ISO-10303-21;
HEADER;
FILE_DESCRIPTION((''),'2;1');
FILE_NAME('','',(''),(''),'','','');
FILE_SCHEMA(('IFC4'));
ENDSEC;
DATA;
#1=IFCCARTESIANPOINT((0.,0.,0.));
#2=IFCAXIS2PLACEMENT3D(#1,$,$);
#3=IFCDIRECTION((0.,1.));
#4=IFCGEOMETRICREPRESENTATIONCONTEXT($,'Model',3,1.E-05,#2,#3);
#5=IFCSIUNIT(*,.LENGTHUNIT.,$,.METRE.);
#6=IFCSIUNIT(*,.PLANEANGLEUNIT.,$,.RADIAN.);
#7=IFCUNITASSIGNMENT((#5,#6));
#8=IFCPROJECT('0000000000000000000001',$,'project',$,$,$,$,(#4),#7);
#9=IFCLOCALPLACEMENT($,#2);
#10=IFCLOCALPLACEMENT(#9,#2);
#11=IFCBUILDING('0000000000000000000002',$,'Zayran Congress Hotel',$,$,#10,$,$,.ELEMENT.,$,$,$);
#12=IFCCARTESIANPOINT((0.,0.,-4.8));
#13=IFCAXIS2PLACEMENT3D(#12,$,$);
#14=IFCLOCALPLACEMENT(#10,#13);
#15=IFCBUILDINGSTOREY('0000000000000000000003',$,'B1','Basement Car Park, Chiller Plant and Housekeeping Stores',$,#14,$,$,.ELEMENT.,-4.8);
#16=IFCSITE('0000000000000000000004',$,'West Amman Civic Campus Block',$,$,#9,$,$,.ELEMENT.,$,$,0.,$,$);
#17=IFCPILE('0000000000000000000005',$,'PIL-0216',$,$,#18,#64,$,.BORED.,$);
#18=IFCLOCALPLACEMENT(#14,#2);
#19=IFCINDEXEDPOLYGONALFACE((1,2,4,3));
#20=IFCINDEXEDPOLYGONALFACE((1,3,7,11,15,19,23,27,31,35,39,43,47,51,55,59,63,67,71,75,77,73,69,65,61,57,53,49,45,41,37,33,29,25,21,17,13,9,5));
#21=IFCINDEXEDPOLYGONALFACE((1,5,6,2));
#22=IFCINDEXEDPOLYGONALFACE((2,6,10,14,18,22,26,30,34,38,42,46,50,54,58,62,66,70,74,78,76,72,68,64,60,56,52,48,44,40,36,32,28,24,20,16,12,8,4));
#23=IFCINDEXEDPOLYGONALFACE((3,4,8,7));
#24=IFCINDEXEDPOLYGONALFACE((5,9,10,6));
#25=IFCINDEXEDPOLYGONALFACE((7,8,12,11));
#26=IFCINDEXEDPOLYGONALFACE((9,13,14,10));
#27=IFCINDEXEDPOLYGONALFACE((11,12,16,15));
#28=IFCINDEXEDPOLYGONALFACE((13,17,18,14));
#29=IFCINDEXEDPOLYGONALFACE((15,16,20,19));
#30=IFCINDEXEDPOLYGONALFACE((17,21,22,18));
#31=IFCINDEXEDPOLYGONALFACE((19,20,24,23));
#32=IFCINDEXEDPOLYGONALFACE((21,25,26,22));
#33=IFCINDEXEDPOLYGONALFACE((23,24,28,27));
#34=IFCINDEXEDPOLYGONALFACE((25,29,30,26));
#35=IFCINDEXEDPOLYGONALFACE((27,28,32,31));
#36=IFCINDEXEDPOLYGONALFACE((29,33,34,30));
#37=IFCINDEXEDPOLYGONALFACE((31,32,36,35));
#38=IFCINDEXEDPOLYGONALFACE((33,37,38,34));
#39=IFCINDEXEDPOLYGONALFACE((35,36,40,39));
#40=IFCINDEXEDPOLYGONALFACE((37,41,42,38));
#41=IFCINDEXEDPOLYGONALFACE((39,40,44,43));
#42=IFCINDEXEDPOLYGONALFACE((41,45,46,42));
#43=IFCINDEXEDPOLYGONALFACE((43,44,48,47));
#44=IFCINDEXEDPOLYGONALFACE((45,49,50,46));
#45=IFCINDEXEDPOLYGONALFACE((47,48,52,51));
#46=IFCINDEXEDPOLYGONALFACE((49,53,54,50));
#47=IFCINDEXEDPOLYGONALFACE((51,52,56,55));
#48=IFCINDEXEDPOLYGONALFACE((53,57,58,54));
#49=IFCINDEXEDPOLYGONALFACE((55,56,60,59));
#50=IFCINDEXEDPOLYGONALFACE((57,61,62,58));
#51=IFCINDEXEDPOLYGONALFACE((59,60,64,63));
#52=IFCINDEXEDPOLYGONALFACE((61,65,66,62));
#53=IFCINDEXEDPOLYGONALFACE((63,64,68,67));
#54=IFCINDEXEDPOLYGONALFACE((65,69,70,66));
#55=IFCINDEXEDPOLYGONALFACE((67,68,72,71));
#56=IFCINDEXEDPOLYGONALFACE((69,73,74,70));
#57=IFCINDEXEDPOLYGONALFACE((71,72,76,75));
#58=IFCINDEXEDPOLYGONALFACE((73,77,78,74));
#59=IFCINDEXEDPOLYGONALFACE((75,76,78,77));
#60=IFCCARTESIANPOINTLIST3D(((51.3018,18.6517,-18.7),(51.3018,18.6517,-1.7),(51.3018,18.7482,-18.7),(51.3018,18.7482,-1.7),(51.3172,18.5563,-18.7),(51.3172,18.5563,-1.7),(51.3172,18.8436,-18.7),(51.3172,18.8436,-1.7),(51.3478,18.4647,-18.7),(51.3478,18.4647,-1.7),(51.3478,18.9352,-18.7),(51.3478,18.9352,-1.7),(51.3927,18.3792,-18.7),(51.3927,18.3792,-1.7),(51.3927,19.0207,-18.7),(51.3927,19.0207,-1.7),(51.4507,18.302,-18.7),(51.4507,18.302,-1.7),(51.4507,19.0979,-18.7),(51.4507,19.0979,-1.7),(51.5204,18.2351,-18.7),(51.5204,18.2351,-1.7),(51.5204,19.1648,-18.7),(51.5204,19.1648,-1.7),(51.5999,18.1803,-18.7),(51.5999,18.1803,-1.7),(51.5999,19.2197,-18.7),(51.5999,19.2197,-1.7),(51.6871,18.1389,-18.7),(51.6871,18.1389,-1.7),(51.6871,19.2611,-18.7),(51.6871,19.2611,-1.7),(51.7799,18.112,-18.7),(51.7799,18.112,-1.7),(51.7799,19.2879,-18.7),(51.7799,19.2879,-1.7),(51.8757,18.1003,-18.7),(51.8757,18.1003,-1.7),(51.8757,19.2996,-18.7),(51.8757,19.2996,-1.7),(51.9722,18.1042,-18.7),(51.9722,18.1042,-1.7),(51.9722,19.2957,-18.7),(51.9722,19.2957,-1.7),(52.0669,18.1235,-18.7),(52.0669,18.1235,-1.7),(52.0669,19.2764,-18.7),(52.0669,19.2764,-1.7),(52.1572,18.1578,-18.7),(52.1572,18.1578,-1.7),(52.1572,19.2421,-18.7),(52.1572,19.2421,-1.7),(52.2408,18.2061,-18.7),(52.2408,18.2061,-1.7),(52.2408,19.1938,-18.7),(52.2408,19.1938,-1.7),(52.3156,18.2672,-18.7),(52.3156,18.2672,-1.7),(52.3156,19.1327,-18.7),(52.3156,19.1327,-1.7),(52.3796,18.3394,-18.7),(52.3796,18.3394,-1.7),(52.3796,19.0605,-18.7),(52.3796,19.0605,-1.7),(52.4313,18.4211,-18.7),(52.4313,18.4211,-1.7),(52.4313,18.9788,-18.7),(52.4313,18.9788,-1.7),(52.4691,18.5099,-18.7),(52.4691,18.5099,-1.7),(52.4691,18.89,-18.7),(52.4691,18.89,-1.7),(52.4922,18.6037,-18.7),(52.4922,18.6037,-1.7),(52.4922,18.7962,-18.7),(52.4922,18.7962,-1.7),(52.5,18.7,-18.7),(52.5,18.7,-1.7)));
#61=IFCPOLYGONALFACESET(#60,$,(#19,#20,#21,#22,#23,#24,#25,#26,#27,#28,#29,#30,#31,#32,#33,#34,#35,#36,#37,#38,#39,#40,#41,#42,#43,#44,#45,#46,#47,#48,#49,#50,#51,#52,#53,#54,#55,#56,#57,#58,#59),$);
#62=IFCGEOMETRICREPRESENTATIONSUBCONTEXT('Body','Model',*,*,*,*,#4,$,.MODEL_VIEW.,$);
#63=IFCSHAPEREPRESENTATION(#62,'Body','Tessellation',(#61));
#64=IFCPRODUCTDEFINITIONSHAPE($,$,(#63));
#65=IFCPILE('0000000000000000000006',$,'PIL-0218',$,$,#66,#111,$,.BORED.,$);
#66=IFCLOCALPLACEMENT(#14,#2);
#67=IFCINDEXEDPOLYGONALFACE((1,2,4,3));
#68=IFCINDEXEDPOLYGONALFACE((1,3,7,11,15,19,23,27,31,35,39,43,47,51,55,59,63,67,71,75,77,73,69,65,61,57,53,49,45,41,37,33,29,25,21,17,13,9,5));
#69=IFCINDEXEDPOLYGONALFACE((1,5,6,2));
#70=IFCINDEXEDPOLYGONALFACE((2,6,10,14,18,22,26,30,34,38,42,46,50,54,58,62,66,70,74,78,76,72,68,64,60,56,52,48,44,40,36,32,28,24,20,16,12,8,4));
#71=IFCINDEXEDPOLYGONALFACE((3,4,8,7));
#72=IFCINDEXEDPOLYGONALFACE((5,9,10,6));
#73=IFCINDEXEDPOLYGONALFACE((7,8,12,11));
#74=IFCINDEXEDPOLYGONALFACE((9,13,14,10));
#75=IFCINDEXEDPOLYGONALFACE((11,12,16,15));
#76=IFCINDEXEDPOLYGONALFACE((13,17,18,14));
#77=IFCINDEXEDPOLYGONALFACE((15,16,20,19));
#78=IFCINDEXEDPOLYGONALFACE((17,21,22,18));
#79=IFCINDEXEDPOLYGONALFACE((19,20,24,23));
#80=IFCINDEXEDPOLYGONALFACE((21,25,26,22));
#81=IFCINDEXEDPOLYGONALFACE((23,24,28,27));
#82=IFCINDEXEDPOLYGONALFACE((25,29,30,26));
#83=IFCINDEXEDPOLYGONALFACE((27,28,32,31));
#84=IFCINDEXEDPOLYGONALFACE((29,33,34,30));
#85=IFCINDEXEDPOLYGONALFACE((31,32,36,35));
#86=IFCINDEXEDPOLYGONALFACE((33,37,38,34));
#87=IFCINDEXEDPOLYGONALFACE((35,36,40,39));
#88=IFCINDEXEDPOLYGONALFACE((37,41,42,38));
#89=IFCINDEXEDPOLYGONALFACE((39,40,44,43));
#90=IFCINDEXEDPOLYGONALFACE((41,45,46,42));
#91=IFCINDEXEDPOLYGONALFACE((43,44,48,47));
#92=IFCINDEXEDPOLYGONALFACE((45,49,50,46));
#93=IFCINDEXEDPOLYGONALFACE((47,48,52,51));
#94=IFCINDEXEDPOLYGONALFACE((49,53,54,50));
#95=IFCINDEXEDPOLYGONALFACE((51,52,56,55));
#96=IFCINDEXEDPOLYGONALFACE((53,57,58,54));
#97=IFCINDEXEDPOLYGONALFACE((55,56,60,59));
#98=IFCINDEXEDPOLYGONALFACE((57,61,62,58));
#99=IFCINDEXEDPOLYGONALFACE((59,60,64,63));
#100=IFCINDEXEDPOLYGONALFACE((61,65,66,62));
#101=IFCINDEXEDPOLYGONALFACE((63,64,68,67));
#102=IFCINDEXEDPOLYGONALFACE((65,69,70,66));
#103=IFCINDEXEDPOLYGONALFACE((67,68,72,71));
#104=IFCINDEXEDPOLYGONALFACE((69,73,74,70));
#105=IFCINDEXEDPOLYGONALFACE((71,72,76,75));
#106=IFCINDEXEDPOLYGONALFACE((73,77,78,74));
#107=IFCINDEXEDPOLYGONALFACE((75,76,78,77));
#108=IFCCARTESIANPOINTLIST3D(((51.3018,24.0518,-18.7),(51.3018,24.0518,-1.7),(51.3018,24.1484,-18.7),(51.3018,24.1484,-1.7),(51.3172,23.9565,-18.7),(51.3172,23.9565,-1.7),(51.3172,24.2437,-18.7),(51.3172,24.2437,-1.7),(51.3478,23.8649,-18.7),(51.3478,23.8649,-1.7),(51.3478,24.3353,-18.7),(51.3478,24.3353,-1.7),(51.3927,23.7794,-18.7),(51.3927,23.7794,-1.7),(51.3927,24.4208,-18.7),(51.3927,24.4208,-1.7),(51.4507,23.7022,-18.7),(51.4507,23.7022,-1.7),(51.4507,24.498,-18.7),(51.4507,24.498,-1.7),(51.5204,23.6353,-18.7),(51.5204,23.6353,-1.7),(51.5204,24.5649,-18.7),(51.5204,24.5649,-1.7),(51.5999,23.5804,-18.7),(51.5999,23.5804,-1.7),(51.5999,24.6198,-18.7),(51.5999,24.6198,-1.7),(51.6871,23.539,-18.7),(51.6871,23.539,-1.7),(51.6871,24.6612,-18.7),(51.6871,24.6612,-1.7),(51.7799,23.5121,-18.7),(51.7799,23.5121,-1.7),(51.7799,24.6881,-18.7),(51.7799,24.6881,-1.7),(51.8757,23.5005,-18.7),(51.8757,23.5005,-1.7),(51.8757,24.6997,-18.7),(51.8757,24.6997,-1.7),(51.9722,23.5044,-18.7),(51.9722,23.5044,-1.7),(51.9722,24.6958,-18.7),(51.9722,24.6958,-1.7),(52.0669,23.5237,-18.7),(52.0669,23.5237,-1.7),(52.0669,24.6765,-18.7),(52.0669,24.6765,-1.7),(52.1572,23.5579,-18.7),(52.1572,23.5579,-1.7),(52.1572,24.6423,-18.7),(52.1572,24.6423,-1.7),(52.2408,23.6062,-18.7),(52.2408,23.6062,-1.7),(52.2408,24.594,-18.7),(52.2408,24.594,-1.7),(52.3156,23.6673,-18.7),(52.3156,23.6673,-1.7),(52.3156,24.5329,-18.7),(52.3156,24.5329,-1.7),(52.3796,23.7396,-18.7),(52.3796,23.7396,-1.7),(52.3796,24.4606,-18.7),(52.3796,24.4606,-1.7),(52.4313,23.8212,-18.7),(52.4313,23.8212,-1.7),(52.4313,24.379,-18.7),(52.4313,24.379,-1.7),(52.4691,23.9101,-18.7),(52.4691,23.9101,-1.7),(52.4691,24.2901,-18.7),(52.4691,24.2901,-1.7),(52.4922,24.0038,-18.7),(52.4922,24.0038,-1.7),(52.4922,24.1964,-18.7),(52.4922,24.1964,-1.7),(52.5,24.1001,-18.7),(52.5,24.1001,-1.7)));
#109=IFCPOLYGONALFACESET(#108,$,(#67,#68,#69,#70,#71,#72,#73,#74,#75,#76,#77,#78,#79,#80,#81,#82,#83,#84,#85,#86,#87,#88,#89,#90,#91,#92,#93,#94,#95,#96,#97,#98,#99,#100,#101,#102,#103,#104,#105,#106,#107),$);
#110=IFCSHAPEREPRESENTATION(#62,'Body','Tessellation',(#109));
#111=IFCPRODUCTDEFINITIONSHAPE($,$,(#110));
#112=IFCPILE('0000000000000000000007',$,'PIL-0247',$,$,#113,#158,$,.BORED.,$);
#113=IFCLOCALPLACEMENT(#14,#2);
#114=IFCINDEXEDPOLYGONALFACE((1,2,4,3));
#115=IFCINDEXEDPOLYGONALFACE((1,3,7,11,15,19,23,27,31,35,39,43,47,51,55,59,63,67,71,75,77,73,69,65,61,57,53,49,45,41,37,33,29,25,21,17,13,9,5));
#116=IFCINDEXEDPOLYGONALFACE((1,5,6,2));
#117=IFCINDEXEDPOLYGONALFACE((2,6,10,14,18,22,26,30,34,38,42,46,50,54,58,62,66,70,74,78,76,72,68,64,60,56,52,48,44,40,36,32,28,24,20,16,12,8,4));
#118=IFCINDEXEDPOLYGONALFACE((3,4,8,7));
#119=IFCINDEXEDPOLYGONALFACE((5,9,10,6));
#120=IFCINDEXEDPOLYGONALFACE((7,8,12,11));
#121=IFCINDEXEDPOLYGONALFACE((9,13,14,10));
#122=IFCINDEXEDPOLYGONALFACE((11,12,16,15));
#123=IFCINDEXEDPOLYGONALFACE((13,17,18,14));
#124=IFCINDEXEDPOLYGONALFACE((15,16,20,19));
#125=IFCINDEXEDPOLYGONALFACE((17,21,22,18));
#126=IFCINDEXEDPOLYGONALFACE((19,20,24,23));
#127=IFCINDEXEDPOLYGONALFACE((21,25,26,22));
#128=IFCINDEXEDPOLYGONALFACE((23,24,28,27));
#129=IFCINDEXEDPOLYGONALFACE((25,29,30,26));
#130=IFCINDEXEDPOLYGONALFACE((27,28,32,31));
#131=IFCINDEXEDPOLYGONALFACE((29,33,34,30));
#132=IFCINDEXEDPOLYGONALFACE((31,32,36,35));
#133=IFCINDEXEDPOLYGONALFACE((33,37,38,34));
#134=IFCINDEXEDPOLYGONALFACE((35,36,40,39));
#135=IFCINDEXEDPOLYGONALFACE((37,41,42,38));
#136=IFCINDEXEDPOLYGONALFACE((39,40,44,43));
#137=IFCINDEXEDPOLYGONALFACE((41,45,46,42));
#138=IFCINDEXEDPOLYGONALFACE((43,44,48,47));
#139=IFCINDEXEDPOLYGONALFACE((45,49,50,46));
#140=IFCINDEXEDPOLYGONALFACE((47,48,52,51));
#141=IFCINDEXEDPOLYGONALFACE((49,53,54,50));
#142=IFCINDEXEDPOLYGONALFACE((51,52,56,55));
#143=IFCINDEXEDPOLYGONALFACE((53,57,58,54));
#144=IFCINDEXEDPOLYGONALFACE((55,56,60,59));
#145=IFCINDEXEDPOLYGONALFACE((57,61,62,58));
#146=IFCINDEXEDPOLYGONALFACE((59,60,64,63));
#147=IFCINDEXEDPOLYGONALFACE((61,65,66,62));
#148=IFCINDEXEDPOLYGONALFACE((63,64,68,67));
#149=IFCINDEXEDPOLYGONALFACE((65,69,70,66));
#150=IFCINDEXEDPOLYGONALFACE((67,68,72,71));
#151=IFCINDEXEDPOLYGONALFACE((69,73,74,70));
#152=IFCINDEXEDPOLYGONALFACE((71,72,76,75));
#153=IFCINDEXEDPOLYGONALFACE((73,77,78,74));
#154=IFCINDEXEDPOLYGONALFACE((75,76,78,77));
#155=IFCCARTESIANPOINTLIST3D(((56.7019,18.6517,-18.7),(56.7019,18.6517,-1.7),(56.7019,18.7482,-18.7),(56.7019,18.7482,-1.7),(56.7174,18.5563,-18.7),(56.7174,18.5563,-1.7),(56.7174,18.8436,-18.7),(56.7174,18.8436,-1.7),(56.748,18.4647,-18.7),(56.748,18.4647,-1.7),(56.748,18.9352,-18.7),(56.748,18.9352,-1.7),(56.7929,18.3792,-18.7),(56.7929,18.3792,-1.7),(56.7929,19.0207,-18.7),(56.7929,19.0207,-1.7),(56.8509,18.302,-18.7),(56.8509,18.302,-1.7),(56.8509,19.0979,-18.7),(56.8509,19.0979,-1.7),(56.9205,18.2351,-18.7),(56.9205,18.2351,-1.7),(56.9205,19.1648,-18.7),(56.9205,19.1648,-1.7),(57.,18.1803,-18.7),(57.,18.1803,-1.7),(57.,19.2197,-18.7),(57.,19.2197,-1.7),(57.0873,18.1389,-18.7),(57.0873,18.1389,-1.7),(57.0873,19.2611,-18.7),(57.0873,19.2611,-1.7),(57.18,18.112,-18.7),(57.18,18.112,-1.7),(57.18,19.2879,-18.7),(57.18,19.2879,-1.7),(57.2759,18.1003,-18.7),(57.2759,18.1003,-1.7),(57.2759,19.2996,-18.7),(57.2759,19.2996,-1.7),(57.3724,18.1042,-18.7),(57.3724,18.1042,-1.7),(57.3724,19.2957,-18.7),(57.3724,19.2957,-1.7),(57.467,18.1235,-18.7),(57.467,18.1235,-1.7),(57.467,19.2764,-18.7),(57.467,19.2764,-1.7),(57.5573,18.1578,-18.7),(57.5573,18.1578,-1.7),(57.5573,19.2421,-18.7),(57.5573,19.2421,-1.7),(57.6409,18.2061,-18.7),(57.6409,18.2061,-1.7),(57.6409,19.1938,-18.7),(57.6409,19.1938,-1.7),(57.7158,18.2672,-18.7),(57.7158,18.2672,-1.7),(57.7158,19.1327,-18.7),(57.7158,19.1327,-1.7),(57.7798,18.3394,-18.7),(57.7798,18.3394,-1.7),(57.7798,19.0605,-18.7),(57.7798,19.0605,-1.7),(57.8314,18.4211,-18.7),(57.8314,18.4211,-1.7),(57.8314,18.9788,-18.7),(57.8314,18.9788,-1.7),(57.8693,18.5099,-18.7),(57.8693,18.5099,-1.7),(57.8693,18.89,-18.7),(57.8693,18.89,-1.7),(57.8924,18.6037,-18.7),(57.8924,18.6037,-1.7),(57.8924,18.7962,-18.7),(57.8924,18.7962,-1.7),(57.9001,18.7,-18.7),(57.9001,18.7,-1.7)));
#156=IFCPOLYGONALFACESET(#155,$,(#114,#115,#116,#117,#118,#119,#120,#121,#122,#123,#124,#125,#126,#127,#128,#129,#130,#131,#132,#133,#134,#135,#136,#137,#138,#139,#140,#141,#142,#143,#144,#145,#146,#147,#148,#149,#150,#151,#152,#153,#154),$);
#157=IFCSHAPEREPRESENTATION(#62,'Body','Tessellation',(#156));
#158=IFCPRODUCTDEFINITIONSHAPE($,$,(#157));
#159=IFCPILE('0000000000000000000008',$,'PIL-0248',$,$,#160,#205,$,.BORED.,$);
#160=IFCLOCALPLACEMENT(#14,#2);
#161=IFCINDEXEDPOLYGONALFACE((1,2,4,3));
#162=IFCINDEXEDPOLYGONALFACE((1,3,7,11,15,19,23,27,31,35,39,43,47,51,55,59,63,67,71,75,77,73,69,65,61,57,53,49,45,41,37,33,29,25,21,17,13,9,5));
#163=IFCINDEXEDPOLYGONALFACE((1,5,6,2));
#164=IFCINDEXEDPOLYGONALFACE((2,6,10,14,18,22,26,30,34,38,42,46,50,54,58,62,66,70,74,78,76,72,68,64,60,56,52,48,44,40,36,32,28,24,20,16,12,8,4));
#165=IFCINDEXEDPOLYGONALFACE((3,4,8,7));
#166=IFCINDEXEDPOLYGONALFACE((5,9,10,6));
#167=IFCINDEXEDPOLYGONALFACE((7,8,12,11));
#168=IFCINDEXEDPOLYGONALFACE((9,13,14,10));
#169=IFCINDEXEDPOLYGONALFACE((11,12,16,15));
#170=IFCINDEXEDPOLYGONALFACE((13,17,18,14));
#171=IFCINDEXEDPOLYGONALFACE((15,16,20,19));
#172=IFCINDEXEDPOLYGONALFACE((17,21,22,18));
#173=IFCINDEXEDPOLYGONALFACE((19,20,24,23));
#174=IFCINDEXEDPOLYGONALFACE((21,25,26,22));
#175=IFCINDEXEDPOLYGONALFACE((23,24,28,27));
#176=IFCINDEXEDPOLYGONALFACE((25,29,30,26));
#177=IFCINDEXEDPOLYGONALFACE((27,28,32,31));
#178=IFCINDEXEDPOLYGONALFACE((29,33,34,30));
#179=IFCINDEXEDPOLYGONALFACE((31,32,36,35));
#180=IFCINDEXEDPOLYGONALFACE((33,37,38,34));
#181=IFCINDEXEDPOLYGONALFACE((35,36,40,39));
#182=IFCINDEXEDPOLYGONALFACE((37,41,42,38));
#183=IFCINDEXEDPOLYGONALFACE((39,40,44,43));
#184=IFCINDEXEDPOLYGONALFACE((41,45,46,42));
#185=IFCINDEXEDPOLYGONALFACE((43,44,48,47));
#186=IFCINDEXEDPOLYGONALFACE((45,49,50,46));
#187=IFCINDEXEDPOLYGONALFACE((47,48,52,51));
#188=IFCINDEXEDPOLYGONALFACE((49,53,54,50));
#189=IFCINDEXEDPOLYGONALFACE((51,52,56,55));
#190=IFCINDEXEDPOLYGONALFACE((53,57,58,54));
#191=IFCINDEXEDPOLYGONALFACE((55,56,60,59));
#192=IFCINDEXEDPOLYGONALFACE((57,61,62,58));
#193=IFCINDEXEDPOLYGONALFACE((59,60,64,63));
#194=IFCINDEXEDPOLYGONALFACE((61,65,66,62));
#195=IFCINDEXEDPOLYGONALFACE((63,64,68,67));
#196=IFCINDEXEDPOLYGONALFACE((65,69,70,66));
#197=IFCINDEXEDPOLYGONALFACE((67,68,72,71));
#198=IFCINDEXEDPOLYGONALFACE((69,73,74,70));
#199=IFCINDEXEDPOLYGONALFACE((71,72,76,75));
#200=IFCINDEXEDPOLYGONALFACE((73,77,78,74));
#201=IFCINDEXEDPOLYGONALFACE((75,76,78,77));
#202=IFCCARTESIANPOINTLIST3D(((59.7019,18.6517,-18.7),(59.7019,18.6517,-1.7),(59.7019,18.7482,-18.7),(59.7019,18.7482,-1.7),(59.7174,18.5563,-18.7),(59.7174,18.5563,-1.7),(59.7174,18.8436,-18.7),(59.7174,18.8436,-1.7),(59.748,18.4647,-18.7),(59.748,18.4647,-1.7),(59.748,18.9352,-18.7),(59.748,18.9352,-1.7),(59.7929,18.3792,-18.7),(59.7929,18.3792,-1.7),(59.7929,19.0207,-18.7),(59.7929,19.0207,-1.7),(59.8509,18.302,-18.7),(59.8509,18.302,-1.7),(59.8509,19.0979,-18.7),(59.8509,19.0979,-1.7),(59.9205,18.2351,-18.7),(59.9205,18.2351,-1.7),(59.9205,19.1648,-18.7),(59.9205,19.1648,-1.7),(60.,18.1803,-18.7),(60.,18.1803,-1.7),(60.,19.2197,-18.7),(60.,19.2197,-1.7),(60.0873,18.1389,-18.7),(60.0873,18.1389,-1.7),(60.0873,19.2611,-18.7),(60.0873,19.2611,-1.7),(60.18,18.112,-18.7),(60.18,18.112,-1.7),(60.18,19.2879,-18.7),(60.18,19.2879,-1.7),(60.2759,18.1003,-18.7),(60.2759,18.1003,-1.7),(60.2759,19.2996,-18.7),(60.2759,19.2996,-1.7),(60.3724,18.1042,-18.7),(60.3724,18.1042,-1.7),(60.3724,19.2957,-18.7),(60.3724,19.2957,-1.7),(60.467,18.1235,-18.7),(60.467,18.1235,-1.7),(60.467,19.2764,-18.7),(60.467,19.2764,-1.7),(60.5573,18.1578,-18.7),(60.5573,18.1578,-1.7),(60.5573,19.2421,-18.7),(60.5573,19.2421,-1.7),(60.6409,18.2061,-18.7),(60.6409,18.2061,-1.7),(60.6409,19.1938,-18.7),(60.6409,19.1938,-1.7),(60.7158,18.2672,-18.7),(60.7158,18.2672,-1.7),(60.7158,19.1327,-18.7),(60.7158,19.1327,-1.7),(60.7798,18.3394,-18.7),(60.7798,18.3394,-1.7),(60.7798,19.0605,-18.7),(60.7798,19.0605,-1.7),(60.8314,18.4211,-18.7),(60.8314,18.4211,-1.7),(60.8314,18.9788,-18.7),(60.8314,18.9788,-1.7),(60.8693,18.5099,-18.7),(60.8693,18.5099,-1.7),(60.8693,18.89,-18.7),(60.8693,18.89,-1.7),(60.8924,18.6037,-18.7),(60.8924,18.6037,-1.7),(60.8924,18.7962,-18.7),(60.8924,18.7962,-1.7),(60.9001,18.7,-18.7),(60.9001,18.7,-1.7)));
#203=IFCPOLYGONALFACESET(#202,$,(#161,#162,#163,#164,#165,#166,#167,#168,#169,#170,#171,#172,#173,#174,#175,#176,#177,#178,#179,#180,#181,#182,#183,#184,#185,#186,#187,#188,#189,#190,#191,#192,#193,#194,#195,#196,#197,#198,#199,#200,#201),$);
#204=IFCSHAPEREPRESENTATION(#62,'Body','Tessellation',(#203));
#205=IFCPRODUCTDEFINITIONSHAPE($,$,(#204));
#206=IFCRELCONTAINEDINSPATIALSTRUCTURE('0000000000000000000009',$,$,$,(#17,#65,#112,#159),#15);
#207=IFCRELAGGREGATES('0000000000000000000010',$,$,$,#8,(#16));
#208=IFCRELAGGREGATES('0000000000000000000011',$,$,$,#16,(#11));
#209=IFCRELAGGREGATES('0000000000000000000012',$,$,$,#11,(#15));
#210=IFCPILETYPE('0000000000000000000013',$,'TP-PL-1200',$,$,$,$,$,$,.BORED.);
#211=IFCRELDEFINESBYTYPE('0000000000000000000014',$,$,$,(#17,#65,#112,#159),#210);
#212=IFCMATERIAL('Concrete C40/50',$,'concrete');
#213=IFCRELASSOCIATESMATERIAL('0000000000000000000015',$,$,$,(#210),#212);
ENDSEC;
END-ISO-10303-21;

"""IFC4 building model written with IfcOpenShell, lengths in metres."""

from ifc_helpers import new_model, si_unit, direction, frame, origin, origin_2d, place, context, subcontext, project, spatial, circle, extrude, material, material_profile, profile_set, type_object, element, save


model = new_model("IFC4")

# Units and contexts
model_context = context("Model", 3, precision=1e-05, world=origin(), true_north=direction((0.0, 1.0)))
body_context = subcontext(model_context, "Body", "Model", "MODEL_VIEW")
ifc_project = project(units=[si_unit("LENGTHUNIT", "METRE"), si_unit("PLANEANGLEUNIT", "RADIAN")], contexts=[model_context])

# Site, building, storey
site_placement = place(None, origin())
site = spatial("IfcSite", under=ifc_project, at=site_placement, Name="West Amman Civic Campus Block", CompositionType="ELEMENT", RefElevation=0.0)
building_placement = place(site_placement, origin())
building = spatial("IfcBuilding", under=site, at=building_placement, Name="Zayran Congress Hotel", CompositionType="ELEMENT")
storey_placement = place(building_placement, frame((0.0, 0.0, -4.8)))
storey = spatial("IfcBuildingStorey", under=building, at=storey_placement, Name="B1", Description="Basement Car Park, Chiller Plant and Housekeeping Stores", CompositionType="ELEMENT", Elevation=-4.8)

# Piles
ifc_material_1 = material(Name="Concrete C40/50", Category="concrete")
ifc_material_profile_1 = material_profile(ifc_material_1, circle(Radius=0.6001, at=origin_2d()), Name="PILE D1200")
ifc_profile_set_1 = profile_set([ifc_material_profile_1], Name="Concrete C40/50")
pile_type = type_object("IfcPileType", Name="TP-PL-1200", PredefinedType="BORED", material=ifc_profile_set_1)
for number, where, z_axis, x_axis, name in (
    (1, (51.8999, 18.7, -1.7), (0.0, 0.0, -1.0), (1.0, 0.0, 0.0), "PIL-0216"),
    (2, (51.8999, 24.1001, -1.7), (0.0, 0.0, -1.0), (1.0, 0.0, 0.0), "PIL-0218"),
    (3, (57.3, 18.7, -1.7), (0.0, 0.0, -1.0), (1.0, 0.0, 0.0), "PIL-0247"),
    (4, (60.3, 18.7, -1.7), (0.0, 0.0, -1.0), (1.0, 0.0, 0.0), "PIL-0248"),
):
    element("IfcPile", number, at=place(storey_placement, frame(where, z_axis=z_axis, x_axis=x_axis)), inside=storey, type_object=pile_type, Name=name, PredefinedType="BORED", context=body_context, shape_type="SweptSolid", body=[
        extrude(circle(Radius=0.6001, at=origin_2d()), origin(), (0.0, 0.0, 1.0), 17.0),
    ])

save(model, "model.ifc")
